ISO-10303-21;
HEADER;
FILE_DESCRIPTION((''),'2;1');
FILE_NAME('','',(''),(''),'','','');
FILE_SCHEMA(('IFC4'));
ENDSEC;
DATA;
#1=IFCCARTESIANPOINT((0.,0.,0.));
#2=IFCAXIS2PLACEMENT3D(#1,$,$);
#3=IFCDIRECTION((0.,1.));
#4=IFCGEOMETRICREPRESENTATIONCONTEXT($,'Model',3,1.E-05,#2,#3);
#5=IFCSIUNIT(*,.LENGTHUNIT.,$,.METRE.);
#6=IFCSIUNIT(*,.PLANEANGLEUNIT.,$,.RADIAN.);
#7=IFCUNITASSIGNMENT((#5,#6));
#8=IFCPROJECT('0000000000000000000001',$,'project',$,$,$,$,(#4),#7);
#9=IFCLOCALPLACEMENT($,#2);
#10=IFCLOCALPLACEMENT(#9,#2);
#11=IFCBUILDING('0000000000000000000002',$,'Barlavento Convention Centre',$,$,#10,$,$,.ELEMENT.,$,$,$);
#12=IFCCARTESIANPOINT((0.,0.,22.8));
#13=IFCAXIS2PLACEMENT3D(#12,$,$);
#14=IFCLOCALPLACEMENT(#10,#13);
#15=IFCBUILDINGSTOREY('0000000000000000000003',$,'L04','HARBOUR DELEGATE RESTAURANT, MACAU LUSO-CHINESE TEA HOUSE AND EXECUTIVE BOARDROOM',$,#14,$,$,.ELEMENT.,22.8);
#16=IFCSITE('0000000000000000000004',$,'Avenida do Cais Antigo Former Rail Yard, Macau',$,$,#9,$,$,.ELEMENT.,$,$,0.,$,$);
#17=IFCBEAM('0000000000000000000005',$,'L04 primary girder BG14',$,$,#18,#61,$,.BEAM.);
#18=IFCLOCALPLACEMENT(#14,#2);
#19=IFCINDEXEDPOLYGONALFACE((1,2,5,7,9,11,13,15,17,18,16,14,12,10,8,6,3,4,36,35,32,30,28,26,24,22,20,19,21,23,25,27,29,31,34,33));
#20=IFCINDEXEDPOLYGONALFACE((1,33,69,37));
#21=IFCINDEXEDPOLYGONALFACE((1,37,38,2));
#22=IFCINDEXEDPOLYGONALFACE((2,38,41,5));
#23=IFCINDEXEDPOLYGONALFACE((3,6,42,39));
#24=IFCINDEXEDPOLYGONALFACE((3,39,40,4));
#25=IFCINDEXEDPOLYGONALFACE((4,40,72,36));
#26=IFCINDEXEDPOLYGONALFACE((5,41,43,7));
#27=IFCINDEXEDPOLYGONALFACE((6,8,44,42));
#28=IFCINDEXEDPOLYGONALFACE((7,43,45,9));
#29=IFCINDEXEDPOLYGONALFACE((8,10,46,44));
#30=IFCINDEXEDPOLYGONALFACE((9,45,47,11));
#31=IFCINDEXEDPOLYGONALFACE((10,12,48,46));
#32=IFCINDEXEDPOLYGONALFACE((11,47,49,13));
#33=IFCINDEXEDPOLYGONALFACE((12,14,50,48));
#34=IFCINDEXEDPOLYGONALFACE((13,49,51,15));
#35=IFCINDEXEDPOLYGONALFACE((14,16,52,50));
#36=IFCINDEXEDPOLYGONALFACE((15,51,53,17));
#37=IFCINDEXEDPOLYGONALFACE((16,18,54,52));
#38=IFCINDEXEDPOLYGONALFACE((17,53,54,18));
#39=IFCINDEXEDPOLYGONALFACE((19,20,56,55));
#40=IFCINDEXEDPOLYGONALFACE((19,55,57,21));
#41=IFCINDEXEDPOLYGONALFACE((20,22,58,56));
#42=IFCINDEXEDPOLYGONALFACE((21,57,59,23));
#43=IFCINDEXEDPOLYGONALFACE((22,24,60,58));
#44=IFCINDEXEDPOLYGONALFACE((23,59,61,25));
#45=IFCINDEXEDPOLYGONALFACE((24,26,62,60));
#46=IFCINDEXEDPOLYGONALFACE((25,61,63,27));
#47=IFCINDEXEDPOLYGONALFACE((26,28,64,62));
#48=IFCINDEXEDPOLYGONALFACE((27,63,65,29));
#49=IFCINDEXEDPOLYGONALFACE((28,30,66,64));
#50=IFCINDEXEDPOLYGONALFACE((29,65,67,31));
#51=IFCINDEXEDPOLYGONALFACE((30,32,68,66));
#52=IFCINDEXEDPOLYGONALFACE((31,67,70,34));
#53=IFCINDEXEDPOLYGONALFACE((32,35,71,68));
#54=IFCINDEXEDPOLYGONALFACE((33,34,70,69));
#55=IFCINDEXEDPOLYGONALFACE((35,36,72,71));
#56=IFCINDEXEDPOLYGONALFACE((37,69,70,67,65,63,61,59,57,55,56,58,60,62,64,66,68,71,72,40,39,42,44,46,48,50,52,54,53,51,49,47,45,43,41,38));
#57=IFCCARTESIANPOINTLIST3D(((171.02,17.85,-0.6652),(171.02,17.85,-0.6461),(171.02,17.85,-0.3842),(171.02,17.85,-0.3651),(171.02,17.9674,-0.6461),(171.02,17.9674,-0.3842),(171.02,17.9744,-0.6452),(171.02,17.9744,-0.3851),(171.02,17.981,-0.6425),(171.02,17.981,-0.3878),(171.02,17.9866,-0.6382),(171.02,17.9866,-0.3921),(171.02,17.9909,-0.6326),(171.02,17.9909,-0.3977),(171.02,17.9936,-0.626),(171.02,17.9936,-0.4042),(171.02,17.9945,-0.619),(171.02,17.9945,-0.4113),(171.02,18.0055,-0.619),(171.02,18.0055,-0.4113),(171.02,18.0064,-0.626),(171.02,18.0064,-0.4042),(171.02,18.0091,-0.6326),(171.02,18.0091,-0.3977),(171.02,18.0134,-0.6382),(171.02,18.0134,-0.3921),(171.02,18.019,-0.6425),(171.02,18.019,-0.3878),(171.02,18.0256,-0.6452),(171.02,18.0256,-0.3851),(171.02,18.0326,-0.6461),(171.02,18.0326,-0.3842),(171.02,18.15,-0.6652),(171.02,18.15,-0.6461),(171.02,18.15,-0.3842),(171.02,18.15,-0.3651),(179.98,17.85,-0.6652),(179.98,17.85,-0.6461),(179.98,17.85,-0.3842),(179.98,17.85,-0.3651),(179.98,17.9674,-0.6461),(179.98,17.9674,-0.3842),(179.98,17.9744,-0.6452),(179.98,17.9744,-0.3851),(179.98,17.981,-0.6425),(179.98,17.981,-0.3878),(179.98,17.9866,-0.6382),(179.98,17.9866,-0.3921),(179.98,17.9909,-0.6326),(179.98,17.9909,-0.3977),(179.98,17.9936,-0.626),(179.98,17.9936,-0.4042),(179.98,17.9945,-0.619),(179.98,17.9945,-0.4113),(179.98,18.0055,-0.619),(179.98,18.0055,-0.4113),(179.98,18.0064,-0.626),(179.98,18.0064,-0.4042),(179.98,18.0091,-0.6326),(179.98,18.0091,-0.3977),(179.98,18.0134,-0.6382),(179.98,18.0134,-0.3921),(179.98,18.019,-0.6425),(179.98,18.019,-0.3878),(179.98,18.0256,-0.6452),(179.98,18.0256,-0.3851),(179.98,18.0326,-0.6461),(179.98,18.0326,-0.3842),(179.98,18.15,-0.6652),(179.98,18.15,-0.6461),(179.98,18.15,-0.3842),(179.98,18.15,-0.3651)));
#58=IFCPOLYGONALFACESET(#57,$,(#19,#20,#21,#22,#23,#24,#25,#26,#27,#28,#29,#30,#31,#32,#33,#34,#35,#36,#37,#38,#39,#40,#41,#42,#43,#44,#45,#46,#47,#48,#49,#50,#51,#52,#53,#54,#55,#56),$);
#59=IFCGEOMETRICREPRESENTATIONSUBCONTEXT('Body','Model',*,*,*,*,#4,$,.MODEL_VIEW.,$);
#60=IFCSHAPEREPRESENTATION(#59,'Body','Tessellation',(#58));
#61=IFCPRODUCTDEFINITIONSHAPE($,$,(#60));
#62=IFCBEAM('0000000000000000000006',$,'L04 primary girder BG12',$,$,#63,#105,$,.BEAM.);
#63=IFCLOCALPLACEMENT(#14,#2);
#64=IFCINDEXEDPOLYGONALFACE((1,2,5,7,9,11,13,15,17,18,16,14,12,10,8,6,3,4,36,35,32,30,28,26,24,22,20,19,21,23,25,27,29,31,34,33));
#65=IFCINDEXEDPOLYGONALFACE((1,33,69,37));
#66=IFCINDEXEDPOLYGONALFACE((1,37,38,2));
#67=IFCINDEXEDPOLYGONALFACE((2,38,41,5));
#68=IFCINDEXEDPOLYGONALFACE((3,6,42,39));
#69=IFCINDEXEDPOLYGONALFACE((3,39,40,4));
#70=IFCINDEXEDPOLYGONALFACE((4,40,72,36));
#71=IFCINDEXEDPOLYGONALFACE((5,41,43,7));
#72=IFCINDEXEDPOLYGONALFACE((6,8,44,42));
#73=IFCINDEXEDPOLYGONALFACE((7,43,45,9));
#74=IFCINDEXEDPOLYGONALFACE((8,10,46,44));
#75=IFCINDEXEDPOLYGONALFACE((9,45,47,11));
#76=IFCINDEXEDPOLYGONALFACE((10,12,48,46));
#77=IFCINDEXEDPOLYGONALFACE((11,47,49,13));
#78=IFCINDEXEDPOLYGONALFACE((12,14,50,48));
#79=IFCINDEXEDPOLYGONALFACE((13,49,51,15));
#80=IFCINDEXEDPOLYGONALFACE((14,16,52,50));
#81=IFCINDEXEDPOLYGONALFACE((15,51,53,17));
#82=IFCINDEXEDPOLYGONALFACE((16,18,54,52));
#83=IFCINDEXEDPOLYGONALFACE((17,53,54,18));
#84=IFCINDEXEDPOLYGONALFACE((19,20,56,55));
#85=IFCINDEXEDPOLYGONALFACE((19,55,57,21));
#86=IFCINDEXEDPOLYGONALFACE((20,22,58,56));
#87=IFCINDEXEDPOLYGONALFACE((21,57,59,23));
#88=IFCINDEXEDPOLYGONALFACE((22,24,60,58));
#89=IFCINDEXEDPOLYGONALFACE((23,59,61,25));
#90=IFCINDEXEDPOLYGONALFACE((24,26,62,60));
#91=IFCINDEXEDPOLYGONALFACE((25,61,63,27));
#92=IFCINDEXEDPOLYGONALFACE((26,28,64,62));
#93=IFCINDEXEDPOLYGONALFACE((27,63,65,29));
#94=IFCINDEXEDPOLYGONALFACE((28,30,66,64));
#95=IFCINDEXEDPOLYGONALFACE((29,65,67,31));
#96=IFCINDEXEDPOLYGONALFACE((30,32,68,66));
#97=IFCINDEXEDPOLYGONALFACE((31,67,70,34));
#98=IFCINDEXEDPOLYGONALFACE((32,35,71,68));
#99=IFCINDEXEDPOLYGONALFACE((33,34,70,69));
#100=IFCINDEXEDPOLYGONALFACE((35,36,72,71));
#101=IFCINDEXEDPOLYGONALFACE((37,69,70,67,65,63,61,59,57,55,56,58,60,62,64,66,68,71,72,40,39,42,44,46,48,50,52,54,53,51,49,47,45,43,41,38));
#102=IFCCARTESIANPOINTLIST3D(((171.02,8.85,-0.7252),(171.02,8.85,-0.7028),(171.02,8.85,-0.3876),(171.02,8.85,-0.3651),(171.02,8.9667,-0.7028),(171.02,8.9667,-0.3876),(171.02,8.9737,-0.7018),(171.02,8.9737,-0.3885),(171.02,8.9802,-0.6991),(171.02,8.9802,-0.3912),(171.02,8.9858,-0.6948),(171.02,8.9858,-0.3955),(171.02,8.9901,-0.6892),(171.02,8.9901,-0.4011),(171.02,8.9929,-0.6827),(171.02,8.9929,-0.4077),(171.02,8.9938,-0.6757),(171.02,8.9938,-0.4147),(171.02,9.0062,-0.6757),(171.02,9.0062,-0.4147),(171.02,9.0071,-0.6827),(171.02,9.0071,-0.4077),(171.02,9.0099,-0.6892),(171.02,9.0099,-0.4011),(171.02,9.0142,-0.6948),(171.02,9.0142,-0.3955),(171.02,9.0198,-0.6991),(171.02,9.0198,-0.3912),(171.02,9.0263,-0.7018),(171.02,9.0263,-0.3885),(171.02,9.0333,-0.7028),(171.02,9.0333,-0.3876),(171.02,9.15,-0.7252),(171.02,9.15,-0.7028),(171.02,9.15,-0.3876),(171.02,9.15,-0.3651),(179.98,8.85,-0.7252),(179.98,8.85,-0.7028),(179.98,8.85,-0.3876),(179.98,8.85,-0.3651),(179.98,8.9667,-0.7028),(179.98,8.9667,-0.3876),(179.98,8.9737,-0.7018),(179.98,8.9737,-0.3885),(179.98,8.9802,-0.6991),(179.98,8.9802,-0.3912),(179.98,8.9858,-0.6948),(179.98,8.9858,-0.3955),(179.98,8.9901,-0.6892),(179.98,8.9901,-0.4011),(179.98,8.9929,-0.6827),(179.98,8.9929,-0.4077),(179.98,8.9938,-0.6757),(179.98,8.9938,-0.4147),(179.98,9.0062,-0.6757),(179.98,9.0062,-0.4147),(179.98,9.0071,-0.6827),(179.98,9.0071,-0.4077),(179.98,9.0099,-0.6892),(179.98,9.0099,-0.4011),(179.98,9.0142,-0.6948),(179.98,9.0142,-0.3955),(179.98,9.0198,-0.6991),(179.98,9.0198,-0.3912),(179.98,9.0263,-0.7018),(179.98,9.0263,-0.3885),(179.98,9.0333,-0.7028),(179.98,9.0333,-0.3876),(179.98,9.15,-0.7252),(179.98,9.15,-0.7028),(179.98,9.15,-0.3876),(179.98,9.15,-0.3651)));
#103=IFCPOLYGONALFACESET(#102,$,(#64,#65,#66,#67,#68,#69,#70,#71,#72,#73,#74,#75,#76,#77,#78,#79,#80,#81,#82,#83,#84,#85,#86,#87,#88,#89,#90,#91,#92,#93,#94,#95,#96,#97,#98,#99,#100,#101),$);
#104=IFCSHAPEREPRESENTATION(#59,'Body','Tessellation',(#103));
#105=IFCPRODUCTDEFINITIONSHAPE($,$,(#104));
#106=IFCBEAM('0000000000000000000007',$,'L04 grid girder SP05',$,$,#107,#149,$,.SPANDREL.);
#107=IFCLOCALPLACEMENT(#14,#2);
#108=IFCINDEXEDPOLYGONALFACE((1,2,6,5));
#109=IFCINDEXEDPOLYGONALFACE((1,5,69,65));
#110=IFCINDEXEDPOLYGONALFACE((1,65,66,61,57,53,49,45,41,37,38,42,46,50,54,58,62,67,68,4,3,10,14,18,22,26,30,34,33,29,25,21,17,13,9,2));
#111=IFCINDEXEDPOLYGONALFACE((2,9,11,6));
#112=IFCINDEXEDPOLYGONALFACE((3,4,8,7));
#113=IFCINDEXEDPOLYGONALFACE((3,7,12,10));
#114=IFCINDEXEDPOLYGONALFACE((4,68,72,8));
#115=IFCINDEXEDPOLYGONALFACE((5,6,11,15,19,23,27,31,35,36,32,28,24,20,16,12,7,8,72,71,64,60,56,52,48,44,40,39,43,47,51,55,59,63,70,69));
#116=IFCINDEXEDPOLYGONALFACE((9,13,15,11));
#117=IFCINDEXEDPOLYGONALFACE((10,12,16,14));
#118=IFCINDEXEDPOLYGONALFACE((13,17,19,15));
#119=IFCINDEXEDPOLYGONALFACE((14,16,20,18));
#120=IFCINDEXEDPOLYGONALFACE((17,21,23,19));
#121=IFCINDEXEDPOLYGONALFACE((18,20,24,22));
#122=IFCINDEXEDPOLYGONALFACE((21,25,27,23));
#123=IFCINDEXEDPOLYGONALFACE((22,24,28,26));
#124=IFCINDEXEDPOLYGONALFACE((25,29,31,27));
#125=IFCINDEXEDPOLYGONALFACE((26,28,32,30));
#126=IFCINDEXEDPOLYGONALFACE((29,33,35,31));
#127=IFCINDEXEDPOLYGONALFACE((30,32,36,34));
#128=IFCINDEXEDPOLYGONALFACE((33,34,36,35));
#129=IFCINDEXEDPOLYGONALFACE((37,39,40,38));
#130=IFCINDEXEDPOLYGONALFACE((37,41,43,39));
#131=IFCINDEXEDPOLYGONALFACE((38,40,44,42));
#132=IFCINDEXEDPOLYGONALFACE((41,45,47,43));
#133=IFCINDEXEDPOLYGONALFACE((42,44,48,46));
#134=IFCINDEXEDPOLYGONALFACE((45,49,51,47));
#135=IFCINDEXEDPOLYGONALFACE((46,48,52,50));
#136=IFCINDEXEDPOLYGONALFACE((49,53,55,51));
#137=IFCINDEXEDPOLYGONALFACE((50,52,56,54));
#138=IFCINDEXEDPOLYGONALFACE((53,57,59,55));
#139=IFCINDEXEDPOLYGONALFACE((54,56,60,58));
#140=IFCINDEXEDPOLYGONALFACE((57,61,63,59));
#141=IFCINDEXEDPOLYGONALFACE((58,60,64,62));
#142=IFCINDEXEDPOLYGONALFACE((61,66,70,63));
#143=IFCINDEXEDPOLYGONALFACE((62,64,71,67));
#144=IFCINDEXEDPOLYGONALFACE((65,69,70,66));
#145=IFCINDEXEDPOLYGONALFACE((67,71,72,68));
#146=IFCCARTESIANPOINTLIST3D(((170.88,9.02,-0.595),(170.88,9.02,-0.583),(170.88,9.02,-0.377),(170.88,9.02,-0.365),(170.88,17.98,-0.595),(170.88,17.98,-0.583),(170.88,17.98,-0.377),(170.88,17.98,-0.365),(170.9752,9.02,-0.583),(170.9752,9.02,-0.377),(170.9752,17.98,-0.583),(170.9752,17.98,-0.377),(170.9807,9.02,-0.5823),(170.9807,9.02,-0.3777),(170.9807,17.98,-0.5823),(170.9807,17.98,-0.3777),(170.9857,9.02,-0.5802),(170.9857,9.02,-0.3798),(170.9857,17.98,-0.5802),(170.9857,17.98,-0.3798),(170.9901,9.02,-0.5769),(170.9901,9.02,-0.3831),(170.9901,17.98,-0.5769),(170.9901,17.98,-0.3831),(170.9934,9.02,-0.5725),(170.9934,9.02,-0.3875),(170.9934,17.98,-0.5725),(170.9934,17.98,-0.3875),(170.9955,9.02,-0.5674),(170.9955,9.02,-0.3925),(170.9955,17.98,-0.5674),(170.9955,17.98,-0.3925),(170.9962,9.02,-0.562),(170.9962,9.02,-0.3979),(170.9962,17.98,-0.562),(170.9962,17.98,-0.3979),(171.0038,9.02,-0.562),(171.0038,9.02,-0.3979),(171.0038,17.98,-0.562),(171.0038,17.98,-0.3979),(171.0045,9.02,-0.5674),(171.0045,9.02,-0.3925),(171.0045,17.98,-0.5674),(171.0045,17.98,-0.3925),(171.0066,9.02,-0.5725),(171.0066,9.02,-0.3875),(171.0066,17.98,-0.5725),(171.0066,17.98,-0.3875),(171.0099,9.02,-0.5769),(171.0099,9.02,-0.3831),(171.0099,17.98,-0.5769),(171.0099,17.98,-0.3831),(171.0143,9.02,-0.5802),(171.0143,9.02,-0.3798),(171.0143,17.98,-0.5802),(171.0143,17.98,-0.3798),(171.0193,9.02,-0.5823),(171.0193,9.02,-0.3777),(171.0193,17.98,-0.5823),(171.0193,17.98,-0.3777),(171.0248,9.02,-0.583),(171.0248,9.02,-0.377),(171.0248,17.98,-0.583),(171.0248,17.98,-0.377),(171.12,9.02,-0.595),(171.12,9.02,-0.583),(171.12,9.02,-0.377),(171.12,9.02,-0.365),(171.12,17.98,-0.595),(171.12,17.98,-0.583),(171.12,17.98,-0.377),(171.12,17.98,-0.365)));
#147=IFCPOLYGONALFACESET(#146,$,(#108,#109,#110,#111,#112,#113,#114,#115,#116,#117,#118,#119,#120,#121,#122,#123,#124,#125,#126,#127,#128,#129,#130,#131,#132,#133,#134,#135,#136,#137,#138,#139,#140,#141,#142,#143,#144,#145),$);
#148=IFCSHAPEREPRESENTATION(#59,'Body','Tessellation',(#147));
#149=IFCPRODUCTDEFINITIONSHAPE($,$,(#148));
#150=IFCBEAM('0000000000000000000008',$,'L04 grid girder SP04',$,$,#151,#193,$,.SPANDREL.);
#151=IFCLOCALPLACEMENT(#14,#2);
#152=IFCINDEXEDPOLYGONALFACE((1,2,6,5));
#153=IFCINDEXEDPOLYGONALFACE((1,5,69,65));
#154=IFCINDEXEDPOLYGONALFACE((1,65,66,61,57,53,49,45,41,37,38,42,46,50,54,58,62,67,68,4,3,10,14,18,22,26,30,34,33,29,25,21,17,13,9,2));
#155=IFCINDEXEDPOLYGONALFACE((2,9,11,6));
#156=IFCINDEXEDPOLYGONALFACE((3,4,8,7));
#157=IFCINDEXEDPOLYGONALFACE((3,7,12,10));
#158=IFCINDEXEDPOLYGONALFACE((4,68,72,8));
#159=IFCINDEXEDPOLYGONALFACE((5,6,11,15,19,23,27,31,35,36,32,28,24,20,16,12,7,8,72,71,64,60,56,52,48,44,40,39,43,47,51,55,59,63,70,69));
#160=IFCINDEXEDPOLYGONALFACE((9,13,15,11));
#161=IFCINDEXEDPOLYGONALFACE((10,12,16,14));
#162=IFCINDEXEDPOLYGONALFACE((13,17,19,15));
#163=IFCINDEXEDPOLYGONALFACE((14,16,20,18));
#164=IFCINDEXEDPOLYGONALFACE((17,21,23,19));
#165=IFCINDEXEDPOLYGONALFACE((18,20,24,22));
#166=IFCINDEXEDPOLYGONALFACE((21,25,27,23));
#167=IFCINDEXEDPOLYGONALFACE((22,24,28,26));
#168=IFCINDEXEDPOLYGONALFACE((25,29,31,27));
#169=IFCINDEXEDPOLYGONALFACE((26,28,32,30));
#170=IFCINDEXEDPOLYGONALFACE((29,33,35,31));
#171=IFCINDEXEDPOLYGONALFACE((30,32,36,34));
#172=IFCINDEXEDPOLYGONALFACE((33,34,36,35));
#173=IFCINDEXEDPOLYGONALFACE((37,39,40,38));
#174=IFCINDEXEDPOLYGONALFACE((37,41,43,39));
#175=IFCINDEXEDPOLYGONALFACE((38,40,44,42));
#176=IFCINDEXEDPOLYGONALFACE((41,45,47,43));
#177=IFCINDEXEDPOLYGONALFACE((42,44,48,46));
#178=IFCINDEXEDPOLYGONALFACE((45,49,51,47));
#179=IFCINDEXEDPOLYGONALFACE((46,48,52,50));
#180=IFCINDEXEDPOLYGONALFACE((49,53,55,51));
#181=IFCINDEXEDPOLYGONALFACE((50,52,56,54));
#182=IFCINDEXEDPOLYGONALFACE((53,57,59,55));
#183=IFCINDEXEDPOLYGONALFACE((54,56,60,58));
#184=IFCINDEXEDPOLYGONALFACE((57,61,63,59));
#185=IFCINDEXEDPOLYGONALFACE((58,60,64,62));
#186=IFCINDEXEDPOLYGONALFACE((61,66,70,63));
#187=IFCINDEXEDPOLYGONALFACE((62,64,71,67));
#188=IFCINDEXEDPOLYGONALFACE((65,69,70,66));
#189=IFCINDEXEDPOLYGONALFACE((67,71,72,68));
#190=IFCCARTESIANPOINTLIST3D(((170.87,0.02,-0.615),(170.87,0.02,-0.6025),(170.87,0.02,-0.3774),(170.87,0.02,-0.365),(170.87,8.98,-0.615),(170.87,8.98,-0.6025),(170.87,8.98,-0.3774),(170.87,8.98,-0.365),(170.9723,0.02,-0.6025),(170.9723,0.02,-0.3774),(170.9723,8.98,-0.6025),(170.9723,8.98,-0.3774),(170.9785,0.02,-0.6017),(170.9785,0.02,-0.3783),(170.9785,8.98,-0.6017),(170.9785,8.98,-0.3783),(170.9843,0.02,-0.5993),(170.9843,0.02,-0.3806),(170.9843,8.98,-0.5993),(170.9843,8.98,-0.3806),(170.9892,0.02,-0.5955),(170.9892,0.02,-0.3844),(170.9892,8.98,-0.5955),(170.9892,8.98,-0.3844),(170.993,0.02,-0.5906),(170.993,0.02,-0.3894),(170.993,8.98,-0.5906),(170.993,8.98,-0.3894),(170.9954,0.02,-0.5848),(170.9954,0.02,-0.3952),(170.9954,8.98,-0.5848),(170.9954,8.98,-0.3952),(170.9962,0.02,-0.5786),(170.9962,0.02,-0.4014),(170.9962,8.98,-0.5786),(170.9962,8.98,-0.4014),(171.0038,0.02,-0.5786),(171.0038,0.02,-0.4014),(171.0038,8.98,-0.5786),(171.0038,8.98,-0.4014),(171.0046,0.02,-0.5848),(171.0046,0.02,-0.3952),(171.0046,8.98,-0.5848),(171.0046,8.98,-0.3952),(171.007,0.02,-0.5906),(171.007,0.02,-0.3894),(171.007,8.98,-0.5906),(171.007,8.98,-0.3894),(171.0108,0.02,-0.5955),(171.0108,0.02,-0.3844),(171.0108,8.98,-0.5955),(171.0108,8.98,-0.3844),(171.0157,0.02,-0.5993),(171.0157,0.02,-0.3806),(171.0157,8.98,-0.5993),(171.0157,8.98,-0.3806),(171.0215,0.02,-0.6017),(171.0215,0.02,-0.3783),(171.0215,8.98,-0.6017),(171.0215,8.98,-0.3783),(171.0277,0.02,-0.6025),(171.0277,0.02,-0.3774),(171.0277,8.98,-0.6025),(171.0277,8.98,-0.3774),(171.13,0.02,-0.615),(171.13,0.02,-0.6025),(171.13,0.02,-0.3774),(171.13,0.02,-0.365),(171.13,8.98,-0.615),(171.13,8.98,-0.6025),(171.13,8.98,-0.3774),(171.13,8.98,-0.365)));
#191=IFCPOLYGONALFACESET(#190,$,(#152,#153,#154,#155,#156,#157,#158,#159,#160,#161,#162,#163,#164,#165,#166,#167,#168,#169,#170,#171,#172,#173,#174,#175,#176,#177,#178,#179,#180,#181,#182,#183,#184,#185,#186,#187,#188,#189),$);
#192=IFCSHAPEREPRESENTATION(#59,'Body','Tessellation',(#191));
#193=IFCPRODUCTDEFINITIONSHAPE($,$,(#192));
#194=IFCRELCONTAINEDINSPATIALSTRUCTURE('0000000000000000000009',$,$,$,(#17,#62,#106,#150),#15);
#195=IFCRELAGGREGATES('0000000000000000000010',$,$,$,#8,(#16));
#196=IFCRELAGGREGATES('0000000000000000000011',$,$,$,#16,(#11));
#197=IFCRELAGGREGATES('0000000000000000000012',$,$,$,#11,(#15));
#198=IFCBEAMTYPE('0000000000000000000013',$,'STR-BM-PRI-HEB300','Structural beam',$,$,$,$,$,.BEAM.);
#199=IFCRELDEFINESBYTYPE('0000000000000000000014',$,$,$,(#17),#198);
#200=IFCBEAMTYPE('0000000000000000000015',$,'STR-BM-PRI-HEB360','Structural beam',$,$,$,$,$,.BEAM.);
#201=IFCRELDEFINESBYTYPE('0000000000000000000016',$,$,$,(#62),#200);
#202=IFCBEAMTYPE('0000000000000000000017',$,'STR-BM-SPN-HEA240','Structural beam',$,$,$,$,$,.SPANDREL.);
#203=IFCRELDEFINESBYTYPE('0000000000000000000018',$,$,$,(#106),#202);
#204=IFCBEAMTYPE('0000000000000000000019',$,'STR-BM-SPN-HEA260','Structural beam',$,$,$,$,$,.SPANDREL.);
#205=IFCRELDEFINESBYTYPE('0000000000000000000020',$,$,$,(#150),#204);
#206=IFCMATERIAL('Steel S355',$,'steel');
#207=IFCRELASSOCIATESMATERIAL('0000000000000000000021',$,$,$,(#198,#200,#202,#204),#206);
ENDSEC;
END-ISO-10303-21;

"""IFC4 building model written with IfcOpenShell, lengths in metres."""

from ifc_helpers import new_model, si_unit, direction, frame, origin, origin_2d, place, context, subcontext, project, spatial, i_section, extrude, material, material_profile, profile_set, type_object, element, save


model = new_model("IFC4")

# Units and contexts
model_context = context("Model", 3, precision=1e-05, world=origin(), true_north=direction((0.0, 1.0)))
body_context = subcontext(model_context, "Body", "Model", "MODEL_VIEW")
ifc_project = project(units=[si_unit("LENGTHUNIT", "METRE"), si_unit("PLANEANGLEUNIT", "RADIAN")], contexts=[model_context])

# Site, building, storey
site_placement = place(None, origin())
site = spatial("IfcSite", under=ifc_project, at=site_placement, Name="Avenida do Cais Antigo Former Rail Yard, Macau", CompositionType="ELEMENT", RefElevation=0.0)
building_placement = place(site_placement, origin())
building = spatial("IfcBuilding", under=site, at=building_placement, Name="Barlavento Convention Centre", CompositionType="ELEMENT")
storey_placement = place(building_placement, frame((0.0, 0.0, 22.8)))
storey = spatial("IfcBuildingStorey", under=building, at=storey_placement, Name="L04", Description="HARBOUR DELEGATE RESTAURANT, MACAU LUSO-CHINESE TEA HOUSE AND EXECUTIVE BOARDROOM", CompositionType="ELEMENT", Elevation=22.8)

# Beams
ifc_material_1 = material(Name="Steel S355", Category="steel")
ifc_material_profile_1 = material_profile(ifc_material_1, i_section(OverallWidth=0.3, OverallDepth=0.3, WebThickness=0.011, FlangeThickness=0.019, FilletRadius=0.0271, at=origin_2d()), Name="HEB 300")
ifc_profile_set_1 = profile_set([ifc_material_profile_1], Name="Steel S355")
beam_type_1 = type_object("IfcBeamType", Name="STR-BM-PRI-HEB300", Description="Structural beam", PredefinedType="BEAM", material=ifc_profile_set_1)
beam_1_placement = place(storey_placement, frame((171.02, 18.0, -0.5151), z_axis=(1.0, 0.0, 0.0), x_axis=(0.0, 1.0, 0.0)))
element("IfcBeam", 1, at=beam_1_placement, inside=storey, type_object=beam_type_1, Name="L04 primary girder BG14", PredefinedType="BEAM", context=body_context, shape_type="SweptSolid", body=[
    extrude(i_section(OverallWidth=0.3, OverallDepth=0.3, WebThickness=0.011, FlangeThickness=0.019, FilletRadius=0.0271, at=origin_2d()), origin(), (0.0, 0.0, 1.0), 8.96),
])
ifc_material_profile_2 = material_profile(ifc_material_1, i_section(OverallWidth=0.3, OverallDepth=0.3601, WebThickness=0.0125, FlangeThickness=0.0225, FilletRadius=0.0271, at=origin_2d()), Name="HEB 360")
ifc_profile_set_2 = profile_set([ifc_material_profile_2], Name="Steel S355")
beam_type_2 = type_object("IfcBeamType", Name="STR-BM-PRI-HEB360", Description="Structural beam", PredefinedType="BEAM", material=ifc_profile_set_2)
beam_2_placement = place(storey_placement, frame((171.02, 9.0, -0.5452), z_axis=(1.0, 0.0, 0.0), x_axis=(0.0, 1.0, 0.0)))
element("IfcBeam", 2, at=beam_2_placement, inside=storey, type_object=beam_type_2, Name="L04 primary girder BG12", PredefinedType="BEAM", context=body_context, shape_type="SweptSolid", body=[
    extrude(i_section(OverallWidth=0.3, OverallDepth=0.3601, WebThickness=0.0125, FlangeThickness=0.0225, FilletRadius=0.0271, at=origin_2d()), origin(), (0.0, 0.0, 1.0), 8.96),
])
ifc_material_profile_3 = material_profile(ifc_material_1, i_section(OverallWidth=0.24, OverallDepth=0.23, WebThickness=0.0076, FlangeThickness=0.012, FilletRadius=0.021, at=origin_2d()), Name="HEA 240")
ifc_profile_set_3 = profile_set([ifc_material_profile_3], Name="Steel S355")
beam_type_3 = type_object("IfcBeamType", Name="STR-BM-SPN-HEA240", Description="Structural beam", PredefinedType="SPANDREL", material=ifc_profile_set_3)
beam_3_placement = place(storey_placement, frame((171.0, 9.02, -0.48), z_axis=(0.0, 1.0, 0.0), x_axis=(-1.0, 0.0, 0.0)))
element("IfcBeam", 3, at=beam_3_placement, inside=storey, type_object=beam_type_3, Name="L04 grid girder SP05", PredefinedType="SPANDREL", context=body_context, shape_type="SweptSolid", body=[
    extrude(i_section(OverallWidth=0.24, OverallDepth=0.23, WebThickness=0.0076, FlangeThickness=0.012, FilletRadius=0.021, at=origin_2d()), origin(), (0.0, 0.0, 1.0), 8.96),
])
ifc_material_profile_4 = material_profile(ifc_material_1, i_section(OverallWidth=0.26, OverallDepth=0.25, WebThickness=0.0076, FlangeThickness=0.0125, FilletRadius=0.0239, at=origin_2d()), Name="HEA 260")
ifc_profile_set_4 = profile_set([ifc_material_profile_4], Name="Steel S355")
beam_type_4 = type_object("IfcBeamType", Name="STR-BM-SPN-HEA260", Description="Structural beam", PredefinedType="SPANDREL", material=ifc_profile_set_4)
beam_4_placement = place(storey_placement, frame((171.0, 0.02, -0.49), z_axis=(0.0, 1.0, 0.0), x_axis=(-1.0, 0.0, 0.0)))
element("IfcBeam", 4, at=beam_4_placement, inside=storey, type_object=beam_type_4, Name="L04 grid girder SP04", PredefinedType="SPANDREL", context=body_context, shape_type="SweptSolid", body=[
    extrude(i_section(OverallWidth=0.26, OverallDepth=0.25, WebThickness=0.0076, FlangeThickness=0.0125, FilletRadius=0.0239, at=origin_2d()), origin(), (0.0, 0.0, 1.0), 8.96),
])

save(model, "model.ifc")
